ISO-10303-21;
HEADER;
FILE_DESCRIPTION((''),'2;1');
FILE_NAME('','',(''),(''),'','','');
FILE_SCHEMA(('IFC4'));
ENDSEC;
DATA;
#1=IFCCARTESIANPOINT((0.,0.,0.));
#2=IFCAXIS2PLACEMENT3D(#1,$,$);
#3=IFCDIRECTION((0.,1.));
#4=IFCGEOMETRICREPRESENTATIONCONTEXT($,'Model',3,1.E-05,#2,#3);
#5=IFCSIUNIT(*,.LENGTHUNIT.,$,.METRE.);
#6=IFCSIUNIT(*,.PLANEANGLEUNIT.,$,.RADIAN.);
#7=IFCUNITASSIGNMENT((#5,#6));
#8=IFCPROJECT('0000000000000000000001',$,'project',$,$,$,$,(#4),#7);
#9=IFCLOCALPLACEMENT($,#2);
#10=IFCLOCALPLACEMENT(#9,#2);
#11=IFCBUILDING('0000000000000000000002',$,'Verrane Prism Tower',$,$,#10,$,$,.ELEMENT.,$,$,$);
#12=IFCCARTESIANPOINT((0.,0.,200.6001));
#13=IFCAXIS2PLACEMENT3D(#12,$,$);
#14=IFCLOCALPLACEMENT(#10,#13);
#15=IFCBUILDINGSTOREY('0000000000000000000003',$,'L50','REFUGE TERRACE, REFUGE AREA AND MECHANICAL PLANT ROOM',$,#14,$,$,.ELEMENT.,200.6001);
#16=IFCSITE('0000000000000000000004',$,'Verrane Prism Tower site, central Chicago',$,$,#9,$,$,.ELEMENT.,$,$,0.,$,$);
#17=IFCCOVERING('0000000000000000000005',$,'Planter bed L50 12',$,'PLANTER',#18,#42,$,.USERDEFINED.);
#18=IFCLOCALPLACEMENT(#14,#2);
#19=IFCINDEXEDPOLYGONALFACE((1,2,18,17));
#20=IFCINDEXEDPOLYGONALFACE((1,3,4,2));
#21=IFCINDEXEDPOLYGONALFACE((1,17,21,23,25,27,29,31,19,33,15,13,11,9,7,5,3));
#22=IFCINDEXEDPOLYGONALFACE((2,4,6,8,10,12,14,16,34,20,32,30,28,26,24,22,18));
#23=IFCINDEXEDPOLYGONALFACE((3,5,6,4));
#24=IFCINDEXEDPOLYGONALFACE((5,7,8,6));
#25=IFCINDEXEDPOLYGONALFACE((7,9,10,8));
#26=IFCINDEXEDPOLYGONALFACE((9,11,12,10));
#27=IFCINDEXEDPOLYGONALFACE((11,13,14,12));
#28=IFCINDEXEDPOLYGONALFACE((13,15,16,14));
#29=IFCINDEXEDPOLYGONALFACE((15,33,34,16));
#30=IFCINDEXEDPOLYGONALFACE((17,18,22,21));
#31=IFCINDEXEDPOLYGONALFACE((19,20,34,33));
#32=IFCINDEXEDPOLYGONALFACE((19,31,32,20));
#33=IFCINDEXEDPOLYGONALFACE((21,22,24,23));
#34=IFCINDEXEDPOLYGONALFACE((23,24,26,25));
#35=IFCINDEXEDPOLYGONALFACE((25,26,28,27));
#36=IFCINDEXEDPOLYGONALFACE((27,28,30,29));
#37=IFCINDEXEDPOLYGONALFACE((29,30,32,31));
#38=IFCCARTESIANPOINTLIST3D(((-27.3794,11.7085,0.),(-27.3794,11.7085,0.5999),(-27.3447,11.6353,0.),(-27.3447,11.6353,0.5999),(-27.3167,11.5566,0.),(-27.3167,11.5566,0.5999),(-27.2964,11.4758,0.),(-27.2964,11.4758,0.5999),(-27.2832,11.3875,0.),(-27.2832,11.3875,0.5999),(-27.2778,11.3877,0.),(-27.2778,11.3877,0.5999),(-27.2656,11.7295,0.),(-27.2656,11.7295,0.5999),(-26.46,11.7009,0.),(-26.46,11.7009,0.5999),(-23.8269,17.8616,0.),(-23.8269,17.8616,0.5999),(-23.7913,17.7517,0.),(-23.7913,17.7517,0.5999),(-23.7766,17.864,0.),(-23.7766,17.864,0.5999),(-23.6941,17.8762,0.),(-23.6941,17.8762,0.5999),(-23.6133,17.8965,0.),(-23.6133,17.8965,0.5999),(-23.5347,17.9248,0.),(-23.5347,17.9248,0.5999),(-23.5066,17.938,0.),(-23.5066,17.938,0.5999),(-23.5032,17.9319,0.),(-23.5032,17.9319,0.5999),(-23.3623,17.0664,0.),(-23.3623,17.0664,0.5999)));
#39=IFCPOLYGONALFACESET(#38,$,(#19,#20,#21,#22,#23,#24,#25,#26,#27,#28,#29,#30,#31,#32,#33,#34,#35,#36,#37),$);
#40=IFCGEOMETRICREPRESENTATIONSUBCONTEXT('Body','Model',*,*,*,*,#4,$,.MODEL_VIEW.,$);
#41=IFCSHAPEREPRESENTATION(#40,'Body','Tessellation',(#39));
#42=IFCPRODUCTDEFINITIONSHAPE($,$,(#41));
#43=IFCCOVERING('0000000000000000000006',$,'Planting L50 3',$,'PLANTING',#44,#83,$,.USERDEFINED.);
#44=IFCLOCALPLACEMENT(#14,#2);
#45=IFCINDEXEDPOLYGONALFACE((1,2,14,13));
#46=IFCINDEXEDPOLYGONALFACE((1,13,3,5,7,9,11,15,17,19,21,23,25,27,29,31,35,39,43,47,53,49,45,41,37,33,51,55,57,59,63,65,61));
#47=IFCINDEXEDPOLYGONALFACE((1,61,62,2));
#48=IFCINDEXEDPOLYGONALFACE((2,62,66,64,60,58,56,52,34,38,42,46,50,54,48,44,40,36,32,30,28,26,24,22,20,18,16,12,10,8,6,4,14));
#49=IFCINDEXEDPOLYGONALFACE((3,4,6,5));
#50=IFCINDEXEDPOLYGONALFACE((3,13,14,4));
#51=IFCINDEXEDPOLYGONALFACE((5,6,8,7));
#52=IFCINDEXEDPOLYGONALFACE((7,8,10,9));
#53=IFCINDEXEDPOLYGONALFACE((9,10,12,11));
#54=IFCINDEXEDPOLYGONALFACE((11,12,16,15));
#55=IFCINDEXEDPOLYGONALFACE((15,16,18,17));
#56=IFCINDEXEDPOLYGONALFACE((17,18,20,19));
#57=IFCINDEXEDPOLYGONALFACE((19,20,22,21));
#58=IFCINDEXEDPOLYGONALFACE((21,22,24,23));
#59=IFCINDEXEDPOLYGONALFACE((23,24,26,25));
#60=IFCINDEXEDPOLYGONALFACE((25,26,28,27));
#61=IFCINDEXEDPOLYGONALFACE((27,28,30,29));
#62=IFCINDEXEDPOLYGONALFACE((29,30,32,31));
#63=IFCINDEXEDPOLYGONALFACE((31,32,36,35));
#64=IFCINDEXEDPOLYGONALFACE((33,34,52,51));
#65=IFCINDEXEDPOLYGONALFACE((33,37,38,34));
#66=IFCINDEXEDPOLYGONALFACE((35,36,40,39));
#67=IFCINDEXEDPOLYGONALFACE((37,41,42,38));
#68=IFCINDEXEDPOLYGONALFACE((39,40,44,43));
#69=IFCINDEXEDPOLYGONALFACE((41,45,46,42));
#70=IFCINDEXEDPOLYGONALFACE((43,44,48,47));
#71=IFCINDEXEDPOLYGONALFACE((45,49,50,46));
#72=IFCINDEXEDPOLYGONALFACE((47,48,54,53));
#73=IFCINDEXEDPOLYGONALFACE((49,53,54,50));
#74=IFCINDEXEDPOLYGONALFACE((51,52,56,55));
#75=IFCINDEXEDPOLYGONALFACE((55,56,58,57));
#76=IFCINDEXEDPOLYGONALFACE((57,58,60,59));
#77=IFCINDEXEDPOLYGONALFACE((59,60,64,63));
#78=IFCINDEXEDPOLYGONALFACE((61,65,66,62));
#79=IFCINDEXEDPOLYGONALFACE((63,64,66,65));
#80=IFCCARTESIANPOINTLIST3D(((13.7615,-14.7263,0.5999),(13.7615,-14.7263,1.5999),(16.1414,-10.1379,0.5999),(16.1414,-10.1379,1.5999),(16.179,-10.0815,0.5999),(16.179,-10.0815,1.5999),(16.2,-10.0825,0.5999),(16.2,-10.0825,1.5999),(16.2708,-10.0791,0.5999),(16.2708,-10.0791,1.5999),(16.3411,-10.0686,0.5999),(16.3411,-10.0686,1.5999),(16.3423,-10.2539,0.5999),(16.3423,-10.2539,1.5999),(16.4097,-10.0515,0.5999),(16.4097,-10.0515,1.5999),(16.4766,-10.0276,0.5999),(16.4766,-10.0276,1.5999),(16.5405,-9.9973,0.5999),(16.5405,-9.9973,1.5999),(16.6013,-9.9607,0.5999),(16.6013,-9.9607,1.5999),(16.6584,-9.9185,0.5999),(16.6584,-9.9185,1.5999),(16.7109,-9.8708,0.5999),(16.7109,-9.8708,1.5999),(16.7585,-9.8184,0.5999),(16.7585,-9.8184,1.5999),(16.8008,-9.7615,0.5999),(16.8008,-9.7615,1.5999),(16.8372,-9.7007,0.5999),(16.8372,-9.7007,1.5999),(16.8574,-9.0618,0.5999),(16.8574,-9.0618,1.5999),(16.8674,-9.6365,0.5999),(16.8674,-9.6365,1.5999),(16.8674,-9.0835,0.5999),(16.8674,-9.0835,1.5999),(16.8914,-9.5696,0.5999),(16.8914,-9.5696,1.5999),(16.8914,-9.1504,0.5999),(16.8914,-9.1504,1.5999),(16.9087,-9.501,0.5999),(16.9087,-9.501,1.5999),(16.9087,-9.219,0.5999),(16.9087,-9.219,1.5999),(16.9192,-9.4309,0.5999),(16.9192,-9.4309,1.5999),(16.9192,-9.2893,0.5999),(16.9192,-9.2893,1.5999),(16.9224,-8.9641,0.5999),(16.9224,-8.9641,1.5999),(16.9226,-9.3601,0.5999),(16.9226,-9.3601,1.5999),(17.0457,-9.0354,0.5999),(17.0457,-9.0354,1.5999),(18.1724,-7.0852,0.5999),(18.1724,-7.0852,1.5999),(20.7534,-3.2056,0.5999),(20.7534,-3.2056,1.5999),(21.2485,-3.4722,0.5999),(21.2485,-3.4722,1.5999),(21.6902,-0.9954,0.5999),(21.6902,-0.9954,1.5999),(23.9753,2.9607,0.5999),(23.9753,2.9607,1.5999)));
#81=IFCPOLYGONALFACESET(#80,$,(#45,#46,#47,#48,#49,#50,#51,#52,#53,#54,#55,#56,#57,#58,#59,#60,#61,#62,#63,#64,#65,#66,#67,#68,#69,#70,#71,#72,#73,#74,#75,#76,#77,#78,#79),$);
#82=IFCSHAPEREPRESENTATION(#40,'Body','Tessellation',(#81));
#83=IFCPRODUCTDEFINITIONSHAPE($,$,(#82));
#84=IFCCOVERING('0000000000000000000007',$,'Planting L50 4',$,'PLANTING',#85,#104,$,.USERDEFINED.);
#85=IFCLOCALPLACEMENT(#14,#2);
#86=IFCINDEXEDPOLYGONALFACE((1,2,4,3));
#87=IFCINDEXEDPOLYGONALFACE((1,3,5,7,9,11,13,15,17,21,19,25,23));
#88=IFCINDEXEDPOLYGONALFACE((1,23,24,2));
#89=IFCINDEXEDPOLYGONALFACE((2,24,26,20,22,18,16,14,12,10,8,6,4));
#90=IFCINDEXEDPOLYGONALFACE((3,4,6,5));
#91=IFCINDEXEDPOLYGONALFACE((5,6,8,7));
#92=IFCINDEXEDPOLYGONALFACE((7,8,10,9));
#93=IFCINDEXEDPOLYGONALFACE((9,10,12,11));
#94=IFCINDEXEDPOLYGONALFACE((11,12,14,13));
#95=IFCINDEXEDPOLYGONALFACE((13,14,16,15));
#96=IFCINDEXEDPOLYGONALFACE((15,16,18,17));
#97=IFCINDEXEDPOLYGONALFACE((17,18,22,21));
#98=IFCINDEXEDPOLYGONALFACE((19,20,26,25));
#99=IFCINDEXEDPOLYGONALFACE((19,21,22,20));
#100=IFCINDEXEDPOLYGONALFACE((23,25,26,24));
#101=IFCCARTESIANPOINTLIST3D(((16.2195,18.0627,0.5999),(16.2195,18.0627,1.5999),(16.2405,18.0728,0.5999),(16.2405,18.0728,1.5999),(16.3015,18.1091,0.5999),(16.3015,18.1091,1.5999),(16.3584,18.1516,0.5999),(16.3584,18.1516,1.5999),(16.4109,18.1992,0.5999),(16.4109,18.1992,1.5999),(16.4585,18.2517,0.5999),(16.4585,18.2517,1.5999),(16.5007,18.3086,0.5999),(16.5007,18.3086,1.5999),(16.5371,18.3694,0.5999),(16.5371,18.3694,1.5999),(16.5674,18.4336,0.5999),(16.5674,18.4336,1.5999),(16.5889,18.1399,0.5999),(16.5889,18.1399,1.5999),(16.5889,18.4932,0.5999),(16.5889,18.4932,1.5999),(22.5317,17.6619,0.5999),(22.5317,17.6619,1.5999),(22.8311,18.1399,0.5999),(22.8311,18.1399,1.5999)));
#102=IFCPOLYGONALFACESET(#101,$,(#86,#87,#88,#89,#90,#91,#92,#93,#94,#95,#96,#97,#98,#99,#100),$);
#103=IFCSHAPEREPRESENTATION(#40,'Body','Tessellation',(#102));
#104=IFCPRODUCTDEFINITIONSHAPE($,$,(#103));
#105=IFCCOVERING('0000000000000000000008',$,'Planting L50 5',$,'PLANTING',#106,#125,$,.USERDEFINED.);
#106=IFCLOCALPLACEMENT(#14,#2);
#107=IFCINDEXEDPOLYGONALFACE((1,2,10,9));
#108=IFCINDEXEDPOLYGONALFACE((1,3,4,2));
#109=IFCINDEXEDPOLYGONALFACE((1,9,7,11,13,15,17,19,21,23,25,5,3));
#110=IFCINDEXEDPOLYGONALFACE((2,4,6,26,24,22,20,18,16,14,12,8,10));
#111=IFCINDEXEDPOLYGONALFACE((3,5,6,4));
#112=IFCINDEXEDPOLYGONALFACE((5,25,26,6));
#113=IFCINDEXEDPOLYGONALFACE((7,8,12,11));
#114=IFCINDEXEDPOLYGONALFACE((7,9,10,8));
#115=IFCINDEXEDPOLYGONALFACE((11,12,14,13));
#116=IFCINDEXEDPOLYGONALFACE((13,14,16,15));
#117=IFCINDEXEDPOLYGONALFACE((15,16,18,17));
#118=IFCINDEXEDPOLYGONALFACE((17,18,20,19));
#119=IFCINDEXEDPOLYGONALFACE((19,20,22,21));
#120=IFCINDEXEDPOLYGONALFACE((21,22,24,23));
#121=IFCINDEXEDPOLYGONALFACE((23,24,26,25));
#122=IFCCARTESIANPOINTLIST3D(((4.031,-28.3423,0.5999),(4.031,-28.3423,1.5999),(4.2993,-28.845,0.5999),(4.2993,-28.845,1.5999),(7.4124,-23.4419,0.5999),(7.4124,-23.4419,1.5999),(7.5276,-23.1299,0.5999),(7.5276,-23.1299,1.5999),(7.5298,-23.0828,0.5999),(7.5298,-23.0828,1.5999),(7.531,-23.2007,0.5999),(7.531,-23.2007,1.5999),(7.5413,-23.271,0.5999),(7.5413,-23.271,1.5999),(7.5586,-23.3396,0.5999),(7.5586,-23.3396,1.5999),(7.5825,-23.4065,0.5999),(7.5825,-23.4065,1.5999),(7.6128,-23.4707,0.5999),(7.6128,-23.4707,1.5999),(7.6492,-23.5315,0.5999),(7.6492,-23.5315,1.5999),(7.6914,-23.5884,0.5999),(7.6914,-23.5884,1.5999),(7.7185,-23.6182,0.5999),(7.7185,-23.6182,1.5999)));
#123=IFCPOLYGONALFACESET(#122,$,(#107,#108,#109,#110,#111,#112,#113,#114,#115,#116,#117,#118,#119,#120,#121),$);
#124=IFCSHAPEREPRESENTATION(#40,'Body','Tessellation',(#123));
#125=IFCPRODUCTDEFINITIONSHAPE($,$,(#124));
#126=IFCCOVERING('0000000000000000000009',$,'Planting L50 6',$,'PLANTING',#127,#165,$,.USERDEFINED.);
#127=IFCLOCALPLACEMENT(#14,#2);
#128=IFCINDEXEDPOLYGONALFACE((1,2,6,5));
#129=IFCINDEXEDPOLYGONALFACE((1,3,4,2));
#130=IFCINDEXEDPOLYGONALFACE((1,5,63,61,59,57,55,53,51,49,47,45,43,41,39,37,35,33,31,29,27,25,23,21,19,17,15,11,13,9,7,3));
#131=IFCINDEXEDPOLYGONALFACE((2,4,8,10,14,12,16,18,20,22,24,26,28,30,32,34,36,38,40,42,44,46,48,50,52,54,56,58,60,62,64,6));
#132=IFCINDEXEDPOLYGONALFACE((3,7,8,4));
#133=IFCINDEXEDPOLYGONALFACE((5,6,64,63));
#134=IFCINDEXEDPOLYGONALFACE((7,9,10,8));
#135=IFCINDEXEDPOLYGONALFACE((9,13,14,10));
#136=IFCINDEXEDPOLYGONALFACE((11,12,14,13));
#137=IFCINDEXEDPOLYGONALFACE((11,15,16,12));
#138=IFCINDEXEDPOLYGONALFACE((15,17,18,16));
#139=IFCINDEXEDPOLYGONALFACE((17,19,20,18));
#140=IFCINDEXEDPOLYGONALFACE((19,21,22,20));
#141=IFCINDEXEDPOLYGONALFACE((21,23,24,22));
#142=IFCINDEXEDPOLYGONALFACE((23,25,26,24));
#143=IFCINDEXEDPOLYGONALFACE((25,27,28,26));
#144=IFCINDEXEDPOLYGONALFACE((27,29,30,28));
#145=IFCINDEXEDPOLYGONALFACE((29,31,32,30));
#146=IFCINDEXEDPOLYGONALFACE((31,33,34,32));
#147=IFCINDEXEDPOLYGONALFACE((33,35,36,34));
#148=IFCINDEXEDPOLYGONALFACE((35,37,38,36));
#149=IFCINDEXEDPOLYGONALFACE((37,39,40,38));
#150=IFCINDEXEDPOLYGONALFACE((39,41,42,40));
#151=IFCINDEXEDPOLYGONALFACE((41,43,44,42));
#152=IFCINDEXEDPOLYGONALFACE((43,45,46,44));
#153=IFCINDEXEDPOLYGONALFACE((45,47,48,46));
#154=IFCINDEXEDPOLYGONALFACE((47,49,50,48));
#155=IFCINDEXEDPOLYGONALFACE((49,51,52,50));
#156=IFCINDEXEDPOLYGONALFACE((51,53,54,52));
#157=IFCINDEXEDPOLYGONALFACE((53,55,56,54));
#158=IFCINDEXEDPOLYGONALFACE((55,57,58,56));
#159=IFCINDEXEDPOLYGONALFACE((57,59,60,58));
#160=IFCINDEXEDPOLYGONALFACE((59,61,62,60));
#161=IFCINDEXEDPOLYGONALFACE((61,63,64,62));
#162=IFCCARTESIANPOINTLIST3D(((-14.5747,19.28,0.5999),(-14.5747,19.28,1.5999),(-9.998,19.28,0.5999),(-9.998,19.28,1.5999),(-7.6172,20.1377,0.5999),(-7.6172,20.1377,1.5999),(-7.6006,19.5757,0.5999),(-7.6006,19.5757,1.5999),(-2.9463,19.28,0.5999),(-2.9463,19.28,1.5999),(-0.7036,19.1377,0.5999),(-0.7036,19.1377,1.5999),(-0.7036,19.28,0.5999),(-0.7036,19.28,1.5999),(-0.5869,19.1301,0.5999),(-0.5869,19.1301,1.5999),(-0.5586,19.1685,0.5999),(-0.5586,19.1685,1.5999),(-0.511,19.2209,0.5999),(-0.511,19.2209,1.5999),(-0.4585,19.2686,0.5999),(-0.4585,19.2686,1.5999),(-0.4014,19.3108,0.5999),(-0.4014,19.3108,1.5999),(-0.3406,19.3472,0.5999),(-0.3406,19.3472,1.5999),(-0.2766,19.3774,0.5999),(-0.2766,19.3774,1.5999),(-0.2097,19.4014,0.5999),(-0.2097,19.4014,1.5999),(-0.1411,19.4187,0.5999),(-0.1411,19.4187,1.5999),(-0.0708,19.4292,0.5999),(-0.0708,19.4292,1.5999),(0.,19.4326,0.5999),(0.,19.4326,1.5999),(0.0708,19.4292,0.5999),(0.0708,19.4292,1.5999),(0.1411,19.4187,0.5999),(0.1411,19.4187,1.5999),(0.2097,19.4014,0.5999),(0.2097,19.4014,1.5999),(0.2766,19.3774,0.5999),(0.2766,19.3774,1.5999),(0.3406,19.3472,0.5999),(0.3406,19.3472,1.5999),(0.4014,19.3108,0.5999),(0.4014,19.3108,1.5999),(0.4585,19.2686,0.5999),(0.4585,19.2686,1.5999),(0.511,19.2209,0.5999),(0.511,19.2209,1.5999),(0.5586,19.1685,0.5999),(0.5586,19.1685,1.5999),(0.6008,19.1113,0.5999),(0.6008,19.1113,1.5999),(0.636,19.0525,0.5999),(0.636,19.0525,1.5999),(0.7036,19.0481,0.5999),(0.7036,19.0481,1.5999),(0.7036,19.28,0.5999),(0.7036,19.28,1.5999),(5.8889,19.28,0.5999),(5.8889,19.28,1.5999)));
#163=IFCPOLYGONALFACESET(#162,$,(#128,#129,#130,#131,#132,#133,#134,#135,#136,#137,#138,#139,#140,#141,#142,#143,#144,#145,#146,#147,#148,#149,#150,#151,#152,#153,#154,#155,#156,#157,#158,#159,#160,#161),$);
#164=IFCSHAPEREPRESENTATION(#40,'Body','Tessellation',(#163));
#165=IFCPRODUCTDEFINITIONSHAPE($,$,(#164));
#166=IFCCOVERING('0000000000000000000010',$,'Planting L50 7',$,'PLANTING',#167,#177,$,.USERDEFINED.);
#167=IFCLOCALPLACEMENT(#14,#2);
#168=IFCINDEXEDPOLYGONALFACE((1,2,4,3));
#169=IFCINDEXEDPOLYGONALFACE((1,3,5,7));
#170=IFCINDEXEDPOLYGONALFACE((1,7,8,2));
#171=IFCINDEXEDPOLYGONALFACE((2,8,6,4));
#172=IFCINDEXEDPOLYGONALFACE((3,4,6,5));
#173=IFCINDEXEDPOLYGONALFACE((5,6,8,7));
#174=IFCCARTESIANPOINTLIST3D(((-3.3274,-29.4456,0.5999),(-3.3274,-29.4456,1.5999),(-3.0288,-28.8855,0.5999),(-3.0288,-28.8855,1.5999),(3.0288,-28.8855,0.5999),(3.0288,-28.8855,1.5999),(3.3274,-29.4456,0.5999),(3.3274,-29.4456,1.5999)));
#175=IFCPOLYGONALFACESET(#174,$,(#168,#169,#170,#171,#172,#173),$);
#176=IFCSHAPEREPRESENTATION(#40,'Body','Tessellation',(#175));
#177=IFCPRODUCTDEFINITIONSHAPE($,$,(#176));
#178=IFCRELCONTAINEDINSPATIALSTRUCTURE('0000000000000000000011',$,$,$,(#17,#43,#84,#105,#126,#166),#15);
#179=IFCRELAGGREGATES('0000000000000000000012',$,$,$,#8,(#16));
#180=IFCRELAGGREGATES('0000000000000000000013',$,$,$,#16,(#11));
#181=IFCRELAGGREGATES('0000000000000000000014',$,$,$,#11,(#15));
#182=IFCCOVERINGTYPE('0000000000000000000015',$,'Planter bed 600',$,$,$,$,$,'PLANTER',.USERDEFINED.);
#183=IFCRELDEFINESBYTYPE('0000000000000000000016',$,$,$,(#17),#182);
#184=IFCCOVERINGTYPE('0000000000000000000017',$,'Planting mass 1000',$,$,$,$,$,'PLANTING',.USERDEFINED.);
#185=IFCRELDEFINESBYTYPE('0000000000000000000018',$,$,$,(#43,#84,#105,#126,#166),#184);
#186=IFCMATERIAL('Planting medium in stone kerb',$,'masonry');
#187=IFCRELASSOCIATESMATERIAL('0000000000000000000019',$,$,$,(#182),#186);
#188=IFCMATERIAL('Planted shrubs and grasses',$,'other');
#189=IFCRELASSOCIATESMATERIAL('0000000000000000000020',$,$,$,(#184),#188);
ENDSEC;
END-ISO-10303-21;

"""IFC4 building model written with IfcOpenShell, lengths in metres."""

from ifc_helpers import new_model, si_unit, direction, frame, origin, place, context, subcontext, project, spatial, polyline, outline, extrude, material, type_object, element, save


model = new_model("IFC4")

# Units and contexts
model_context = context("Model", 3, precision=1e-05, world=origin(), true_north=direction((0.0, 1.0)))
body_context = subcontext(model_context, "Body", "Model", "MODEL_VIEW")
ifc_project = project(units=[si_unit("LENGTHUNIT", "METRE"), si_unit("PLANEANGLEUNIT", "RADIAN")], contexts=[model_context])

# Site, building, storey
site_placement = place(None, origin())
site = spatial("IfcSite", under=ifc_project, at=site_placement, Name="Verrane Prism Tower site, central Chicago", CompositionType="ELEMENT", RefElevation=0.0)
building_placement = place(site_placement, origin())
building = spatial("IfcBuilding", under=site, at=building_placement, Name="Verrane Prism Tower", CompositionType="ELEMENT")
storey_placement = place(building_placement, frame((0.0, 0.0, 200.6001)))
storey = spatial("IfcBuildingStorey", under=building, at=storey_placement, Name="L50", Description="REFUGE TERRACE, REFUGE AREA AND MECHANICAL PLANT ROOM", CompositionType="ELEMENT", Elevation=200.6001)

# Coverings
ifc_material_1 = material(Name="Planting medium in stone kerb", Category="masonry")
covering_type_1 = type_object("IfcCoveringType", Name="Planter bed 600", ElementType="PLANTER", PredefinedType="USERDEFINED", material=ifc_material_1)
covering_1_placement = place(storey_placement, origin())
element("IfcCovering", 1, at=covering_1_placement, inside=storey, type_object=covering_type_1, Name="Planter bed L50 12", ObjectType="PLANTER", PredefinedType="USERDEFINED", context=body_context, shape_type="SweptSolid", body=[
    extrude(outline(polyline([(-27.2656, 11.7295), (-26.46, 11.7009), (-23.3623, 17.0664), (-23.7913, 17.7517), (-23.5032, 17.9319), (-23.5066, 17.938), (-23.5347, 17.9248), (-23.6133, 17.8965), (-23.6941, 17.8762), (-23.7766, 17.864), (-23.8269, 17.8616), (-27.3794, 11.7085), (-27.3447, 11.6353), (-27.3167, 11.5566), (-27.2964, 11.4758), (-27.2832, 11.3875), (-27.2778, 11.3877), (-27.2656, 11.7295)])), origin(), (0.0, 0.0, 1.0), 0.5999),
])
ifc_material_2 = material(Name="Planted shrubs and grasses", Category="other")
covering_type_2 = type_object("IfcCoveringType", Name="Planting mass 1000", ElementType="PLANTING", PredefinedType="USERDEFINED", material=ifc_material_2)
covering_2_placement = place(storey_placement, frame((0.0, 0.0, 0.5999)))
element("IfcCovering", 2, at=covering_2_placement, inside=storey, type_object=covering_type_2, Name="Planting L50 3", ObjectType="PLANTING", PredefinedType="USERDEFINED", context=body_context, shape_type="SweptSolid", body=[
    extrude(outline(polyline([(21.2485, -3.4722), (23.9753, 2.9607), (21.6902, -0.9954), (20.7534, -3.2056), (18.1724, -7.0852), (17.0457, -9.0354), (16.9224, -8.9641), (16.8574, -9.0618), (16.8674, -9.0835), (16.8914, -9.1504), (16.9087, -9.219), (16.9192, -9.2893), (16.9226, -9.3601), (16.9192, -9.4309), (16.9087, -9.501), (16.8914, -9.5696), (16.8674, -9.6365), (16.8372, -9.7007), (16.8008, -9.7615), (16.7585, -9.8184), (16.7109, -9.8708), (16.6584, -9.9185), (16.6013, -9.9607), (16.5405, -9.9973), (16.4766, -10.0276), (16.4097, -10.0515), (16.3411, -10.0686), (16.2708, -10.0791), (16.2, -10.0825), (16.179, -10.0815), (16.1414, -10.1379), (16.3423, -10.2539), (13.7615, -14.7263), (21.2485, -3.4722)])), origin(), (0.0, 0.0, 1.0), 1.0),
])
covering_3_placement = place(storey_placement, frame((0.0, 0.0, 0.5999)))
element("IfcCovering", 3, at=covering_3_placement, inside=storey, type_object=covering_type_2, Name="Planting L50 4", ObjectType="PLANTING", PredefinedType="USERDEFINED", context=body_context, shape_type="SweptSolid", body=[
    extrude(outline(polyline([(22.5317, 17.6619), (22.8311, 18.1399), (16.5889, 18.1399), (16.5889, 18.4932), (16.5674, 18.4336), (16.5371, 18.3694), (16.5007, 18.3086), (16.4585, 18.2517), (16.4109, 18.1992), (16.3584, 18.1516), (16.3015, 18.1091), (16.2405, 18.0728), (16.2195, 18.0627), (22.5317, 17.6619)])), origin(), (0.0, 0.0, 1.0), 1.0),
])
covering_4_placement = place(storey_placement, frame((0.0, 0.0, 0.5999)))
element("IfcCovering", 4, at=covering_4_placement, inside=storey, type_object=covering_type_2, Name="Planting L50 5", ObjectType="PLANTING", PredefinedType="USERDEFINED", context=body_context, shape_type="SweptSolid", body=[
    extrude(outline(polyline([(7.4124, -23.4419), (7.7185, -23.6182), (7.6914, -23.5884), (7.6492, -23.5315), (7.6128, -23.4707), (7.5825, -23.4065), (7.5586, -23.3396), (7.5413, -23.271), (7.531, -23.2007), (7.5276, -23.1299), (7.5298, -23.0828), (4.031, -28.3423), (4.2993, -28.845), (7.4124, -23.4419)])), origin(), (0.0, 0.0, 1.0), 1.0),
])
covering_5_placement = place(storey_placement, frame((0.0, 0.0, 0.5999)))
element("IfcCovering", 5, at=covering_5_placement, inside=storey, type_object=covering_type_2, Name="Planting L50 6", ObjectType="PLANTING", PredefinedType="USERDEFINED", context=body_context, shape_type="SweptSolid", body=[
    extrude(outline(polyline([(-9.998, 19.28), (-7.6006, 19.5757), (-2.9463, 19.28), (-0.7036, 19.28), (-0.7036, 19.1377), (-0.5869, 19.1301), (-0.5586, 19.1685), (-0.511, 19.2209), (-0.4585, 19.2686), (-0.4014, 19.3108), (-0.3406, 19.3472), (-0.2766, 19.3774), (-0.2097, 19.4014), (-0.1411, 19.4187), (-0.0708, 19.4292), (0.0, 19.4326), (0.0708, 19.4292), (0.1411, 19.4187), (0.2097, 19.4014), (0.2766, 19.3774), (0.3406, 19.3472), (0.4014, 19.3108), (0.4585, 19.2686), (0.511, 19.2209), (0.5586, 19.1685), (0.6008, 19.1113), (0.636, 19.0525), (0.7036, 19.0481), (0.7036, 19.28), (5.8889, 19.28), (-7.6172, 20.1377), (-14.5747, 19.28), (-9.998, 19.28)])), origin(), (0.0, 0.0, 1.0), 1.0),
])
covering_6_placement = place(storey_placement, frame((0.0, 0.0, 0.5999)))
element("IfcCovering", 6, at=covering_6_placement, inside=storey, type_object=covering_type_2, Name="Planting L50 7", ObjectType="PLANTING", PredefinedType="USERDEFINED", context=body_context, shape_type="SweptSolid", body=[
    extrude(outline(polyline([(3.3274, -29.4456), (3.0288, -28.8855), (-3.0288, -28.8855), (-3.3274, -29.4456), (3.3274, -29.4456)])), origin(), (0.0, 0.0, 1.0), 1.0),
])

save(model, "model.ifc")
